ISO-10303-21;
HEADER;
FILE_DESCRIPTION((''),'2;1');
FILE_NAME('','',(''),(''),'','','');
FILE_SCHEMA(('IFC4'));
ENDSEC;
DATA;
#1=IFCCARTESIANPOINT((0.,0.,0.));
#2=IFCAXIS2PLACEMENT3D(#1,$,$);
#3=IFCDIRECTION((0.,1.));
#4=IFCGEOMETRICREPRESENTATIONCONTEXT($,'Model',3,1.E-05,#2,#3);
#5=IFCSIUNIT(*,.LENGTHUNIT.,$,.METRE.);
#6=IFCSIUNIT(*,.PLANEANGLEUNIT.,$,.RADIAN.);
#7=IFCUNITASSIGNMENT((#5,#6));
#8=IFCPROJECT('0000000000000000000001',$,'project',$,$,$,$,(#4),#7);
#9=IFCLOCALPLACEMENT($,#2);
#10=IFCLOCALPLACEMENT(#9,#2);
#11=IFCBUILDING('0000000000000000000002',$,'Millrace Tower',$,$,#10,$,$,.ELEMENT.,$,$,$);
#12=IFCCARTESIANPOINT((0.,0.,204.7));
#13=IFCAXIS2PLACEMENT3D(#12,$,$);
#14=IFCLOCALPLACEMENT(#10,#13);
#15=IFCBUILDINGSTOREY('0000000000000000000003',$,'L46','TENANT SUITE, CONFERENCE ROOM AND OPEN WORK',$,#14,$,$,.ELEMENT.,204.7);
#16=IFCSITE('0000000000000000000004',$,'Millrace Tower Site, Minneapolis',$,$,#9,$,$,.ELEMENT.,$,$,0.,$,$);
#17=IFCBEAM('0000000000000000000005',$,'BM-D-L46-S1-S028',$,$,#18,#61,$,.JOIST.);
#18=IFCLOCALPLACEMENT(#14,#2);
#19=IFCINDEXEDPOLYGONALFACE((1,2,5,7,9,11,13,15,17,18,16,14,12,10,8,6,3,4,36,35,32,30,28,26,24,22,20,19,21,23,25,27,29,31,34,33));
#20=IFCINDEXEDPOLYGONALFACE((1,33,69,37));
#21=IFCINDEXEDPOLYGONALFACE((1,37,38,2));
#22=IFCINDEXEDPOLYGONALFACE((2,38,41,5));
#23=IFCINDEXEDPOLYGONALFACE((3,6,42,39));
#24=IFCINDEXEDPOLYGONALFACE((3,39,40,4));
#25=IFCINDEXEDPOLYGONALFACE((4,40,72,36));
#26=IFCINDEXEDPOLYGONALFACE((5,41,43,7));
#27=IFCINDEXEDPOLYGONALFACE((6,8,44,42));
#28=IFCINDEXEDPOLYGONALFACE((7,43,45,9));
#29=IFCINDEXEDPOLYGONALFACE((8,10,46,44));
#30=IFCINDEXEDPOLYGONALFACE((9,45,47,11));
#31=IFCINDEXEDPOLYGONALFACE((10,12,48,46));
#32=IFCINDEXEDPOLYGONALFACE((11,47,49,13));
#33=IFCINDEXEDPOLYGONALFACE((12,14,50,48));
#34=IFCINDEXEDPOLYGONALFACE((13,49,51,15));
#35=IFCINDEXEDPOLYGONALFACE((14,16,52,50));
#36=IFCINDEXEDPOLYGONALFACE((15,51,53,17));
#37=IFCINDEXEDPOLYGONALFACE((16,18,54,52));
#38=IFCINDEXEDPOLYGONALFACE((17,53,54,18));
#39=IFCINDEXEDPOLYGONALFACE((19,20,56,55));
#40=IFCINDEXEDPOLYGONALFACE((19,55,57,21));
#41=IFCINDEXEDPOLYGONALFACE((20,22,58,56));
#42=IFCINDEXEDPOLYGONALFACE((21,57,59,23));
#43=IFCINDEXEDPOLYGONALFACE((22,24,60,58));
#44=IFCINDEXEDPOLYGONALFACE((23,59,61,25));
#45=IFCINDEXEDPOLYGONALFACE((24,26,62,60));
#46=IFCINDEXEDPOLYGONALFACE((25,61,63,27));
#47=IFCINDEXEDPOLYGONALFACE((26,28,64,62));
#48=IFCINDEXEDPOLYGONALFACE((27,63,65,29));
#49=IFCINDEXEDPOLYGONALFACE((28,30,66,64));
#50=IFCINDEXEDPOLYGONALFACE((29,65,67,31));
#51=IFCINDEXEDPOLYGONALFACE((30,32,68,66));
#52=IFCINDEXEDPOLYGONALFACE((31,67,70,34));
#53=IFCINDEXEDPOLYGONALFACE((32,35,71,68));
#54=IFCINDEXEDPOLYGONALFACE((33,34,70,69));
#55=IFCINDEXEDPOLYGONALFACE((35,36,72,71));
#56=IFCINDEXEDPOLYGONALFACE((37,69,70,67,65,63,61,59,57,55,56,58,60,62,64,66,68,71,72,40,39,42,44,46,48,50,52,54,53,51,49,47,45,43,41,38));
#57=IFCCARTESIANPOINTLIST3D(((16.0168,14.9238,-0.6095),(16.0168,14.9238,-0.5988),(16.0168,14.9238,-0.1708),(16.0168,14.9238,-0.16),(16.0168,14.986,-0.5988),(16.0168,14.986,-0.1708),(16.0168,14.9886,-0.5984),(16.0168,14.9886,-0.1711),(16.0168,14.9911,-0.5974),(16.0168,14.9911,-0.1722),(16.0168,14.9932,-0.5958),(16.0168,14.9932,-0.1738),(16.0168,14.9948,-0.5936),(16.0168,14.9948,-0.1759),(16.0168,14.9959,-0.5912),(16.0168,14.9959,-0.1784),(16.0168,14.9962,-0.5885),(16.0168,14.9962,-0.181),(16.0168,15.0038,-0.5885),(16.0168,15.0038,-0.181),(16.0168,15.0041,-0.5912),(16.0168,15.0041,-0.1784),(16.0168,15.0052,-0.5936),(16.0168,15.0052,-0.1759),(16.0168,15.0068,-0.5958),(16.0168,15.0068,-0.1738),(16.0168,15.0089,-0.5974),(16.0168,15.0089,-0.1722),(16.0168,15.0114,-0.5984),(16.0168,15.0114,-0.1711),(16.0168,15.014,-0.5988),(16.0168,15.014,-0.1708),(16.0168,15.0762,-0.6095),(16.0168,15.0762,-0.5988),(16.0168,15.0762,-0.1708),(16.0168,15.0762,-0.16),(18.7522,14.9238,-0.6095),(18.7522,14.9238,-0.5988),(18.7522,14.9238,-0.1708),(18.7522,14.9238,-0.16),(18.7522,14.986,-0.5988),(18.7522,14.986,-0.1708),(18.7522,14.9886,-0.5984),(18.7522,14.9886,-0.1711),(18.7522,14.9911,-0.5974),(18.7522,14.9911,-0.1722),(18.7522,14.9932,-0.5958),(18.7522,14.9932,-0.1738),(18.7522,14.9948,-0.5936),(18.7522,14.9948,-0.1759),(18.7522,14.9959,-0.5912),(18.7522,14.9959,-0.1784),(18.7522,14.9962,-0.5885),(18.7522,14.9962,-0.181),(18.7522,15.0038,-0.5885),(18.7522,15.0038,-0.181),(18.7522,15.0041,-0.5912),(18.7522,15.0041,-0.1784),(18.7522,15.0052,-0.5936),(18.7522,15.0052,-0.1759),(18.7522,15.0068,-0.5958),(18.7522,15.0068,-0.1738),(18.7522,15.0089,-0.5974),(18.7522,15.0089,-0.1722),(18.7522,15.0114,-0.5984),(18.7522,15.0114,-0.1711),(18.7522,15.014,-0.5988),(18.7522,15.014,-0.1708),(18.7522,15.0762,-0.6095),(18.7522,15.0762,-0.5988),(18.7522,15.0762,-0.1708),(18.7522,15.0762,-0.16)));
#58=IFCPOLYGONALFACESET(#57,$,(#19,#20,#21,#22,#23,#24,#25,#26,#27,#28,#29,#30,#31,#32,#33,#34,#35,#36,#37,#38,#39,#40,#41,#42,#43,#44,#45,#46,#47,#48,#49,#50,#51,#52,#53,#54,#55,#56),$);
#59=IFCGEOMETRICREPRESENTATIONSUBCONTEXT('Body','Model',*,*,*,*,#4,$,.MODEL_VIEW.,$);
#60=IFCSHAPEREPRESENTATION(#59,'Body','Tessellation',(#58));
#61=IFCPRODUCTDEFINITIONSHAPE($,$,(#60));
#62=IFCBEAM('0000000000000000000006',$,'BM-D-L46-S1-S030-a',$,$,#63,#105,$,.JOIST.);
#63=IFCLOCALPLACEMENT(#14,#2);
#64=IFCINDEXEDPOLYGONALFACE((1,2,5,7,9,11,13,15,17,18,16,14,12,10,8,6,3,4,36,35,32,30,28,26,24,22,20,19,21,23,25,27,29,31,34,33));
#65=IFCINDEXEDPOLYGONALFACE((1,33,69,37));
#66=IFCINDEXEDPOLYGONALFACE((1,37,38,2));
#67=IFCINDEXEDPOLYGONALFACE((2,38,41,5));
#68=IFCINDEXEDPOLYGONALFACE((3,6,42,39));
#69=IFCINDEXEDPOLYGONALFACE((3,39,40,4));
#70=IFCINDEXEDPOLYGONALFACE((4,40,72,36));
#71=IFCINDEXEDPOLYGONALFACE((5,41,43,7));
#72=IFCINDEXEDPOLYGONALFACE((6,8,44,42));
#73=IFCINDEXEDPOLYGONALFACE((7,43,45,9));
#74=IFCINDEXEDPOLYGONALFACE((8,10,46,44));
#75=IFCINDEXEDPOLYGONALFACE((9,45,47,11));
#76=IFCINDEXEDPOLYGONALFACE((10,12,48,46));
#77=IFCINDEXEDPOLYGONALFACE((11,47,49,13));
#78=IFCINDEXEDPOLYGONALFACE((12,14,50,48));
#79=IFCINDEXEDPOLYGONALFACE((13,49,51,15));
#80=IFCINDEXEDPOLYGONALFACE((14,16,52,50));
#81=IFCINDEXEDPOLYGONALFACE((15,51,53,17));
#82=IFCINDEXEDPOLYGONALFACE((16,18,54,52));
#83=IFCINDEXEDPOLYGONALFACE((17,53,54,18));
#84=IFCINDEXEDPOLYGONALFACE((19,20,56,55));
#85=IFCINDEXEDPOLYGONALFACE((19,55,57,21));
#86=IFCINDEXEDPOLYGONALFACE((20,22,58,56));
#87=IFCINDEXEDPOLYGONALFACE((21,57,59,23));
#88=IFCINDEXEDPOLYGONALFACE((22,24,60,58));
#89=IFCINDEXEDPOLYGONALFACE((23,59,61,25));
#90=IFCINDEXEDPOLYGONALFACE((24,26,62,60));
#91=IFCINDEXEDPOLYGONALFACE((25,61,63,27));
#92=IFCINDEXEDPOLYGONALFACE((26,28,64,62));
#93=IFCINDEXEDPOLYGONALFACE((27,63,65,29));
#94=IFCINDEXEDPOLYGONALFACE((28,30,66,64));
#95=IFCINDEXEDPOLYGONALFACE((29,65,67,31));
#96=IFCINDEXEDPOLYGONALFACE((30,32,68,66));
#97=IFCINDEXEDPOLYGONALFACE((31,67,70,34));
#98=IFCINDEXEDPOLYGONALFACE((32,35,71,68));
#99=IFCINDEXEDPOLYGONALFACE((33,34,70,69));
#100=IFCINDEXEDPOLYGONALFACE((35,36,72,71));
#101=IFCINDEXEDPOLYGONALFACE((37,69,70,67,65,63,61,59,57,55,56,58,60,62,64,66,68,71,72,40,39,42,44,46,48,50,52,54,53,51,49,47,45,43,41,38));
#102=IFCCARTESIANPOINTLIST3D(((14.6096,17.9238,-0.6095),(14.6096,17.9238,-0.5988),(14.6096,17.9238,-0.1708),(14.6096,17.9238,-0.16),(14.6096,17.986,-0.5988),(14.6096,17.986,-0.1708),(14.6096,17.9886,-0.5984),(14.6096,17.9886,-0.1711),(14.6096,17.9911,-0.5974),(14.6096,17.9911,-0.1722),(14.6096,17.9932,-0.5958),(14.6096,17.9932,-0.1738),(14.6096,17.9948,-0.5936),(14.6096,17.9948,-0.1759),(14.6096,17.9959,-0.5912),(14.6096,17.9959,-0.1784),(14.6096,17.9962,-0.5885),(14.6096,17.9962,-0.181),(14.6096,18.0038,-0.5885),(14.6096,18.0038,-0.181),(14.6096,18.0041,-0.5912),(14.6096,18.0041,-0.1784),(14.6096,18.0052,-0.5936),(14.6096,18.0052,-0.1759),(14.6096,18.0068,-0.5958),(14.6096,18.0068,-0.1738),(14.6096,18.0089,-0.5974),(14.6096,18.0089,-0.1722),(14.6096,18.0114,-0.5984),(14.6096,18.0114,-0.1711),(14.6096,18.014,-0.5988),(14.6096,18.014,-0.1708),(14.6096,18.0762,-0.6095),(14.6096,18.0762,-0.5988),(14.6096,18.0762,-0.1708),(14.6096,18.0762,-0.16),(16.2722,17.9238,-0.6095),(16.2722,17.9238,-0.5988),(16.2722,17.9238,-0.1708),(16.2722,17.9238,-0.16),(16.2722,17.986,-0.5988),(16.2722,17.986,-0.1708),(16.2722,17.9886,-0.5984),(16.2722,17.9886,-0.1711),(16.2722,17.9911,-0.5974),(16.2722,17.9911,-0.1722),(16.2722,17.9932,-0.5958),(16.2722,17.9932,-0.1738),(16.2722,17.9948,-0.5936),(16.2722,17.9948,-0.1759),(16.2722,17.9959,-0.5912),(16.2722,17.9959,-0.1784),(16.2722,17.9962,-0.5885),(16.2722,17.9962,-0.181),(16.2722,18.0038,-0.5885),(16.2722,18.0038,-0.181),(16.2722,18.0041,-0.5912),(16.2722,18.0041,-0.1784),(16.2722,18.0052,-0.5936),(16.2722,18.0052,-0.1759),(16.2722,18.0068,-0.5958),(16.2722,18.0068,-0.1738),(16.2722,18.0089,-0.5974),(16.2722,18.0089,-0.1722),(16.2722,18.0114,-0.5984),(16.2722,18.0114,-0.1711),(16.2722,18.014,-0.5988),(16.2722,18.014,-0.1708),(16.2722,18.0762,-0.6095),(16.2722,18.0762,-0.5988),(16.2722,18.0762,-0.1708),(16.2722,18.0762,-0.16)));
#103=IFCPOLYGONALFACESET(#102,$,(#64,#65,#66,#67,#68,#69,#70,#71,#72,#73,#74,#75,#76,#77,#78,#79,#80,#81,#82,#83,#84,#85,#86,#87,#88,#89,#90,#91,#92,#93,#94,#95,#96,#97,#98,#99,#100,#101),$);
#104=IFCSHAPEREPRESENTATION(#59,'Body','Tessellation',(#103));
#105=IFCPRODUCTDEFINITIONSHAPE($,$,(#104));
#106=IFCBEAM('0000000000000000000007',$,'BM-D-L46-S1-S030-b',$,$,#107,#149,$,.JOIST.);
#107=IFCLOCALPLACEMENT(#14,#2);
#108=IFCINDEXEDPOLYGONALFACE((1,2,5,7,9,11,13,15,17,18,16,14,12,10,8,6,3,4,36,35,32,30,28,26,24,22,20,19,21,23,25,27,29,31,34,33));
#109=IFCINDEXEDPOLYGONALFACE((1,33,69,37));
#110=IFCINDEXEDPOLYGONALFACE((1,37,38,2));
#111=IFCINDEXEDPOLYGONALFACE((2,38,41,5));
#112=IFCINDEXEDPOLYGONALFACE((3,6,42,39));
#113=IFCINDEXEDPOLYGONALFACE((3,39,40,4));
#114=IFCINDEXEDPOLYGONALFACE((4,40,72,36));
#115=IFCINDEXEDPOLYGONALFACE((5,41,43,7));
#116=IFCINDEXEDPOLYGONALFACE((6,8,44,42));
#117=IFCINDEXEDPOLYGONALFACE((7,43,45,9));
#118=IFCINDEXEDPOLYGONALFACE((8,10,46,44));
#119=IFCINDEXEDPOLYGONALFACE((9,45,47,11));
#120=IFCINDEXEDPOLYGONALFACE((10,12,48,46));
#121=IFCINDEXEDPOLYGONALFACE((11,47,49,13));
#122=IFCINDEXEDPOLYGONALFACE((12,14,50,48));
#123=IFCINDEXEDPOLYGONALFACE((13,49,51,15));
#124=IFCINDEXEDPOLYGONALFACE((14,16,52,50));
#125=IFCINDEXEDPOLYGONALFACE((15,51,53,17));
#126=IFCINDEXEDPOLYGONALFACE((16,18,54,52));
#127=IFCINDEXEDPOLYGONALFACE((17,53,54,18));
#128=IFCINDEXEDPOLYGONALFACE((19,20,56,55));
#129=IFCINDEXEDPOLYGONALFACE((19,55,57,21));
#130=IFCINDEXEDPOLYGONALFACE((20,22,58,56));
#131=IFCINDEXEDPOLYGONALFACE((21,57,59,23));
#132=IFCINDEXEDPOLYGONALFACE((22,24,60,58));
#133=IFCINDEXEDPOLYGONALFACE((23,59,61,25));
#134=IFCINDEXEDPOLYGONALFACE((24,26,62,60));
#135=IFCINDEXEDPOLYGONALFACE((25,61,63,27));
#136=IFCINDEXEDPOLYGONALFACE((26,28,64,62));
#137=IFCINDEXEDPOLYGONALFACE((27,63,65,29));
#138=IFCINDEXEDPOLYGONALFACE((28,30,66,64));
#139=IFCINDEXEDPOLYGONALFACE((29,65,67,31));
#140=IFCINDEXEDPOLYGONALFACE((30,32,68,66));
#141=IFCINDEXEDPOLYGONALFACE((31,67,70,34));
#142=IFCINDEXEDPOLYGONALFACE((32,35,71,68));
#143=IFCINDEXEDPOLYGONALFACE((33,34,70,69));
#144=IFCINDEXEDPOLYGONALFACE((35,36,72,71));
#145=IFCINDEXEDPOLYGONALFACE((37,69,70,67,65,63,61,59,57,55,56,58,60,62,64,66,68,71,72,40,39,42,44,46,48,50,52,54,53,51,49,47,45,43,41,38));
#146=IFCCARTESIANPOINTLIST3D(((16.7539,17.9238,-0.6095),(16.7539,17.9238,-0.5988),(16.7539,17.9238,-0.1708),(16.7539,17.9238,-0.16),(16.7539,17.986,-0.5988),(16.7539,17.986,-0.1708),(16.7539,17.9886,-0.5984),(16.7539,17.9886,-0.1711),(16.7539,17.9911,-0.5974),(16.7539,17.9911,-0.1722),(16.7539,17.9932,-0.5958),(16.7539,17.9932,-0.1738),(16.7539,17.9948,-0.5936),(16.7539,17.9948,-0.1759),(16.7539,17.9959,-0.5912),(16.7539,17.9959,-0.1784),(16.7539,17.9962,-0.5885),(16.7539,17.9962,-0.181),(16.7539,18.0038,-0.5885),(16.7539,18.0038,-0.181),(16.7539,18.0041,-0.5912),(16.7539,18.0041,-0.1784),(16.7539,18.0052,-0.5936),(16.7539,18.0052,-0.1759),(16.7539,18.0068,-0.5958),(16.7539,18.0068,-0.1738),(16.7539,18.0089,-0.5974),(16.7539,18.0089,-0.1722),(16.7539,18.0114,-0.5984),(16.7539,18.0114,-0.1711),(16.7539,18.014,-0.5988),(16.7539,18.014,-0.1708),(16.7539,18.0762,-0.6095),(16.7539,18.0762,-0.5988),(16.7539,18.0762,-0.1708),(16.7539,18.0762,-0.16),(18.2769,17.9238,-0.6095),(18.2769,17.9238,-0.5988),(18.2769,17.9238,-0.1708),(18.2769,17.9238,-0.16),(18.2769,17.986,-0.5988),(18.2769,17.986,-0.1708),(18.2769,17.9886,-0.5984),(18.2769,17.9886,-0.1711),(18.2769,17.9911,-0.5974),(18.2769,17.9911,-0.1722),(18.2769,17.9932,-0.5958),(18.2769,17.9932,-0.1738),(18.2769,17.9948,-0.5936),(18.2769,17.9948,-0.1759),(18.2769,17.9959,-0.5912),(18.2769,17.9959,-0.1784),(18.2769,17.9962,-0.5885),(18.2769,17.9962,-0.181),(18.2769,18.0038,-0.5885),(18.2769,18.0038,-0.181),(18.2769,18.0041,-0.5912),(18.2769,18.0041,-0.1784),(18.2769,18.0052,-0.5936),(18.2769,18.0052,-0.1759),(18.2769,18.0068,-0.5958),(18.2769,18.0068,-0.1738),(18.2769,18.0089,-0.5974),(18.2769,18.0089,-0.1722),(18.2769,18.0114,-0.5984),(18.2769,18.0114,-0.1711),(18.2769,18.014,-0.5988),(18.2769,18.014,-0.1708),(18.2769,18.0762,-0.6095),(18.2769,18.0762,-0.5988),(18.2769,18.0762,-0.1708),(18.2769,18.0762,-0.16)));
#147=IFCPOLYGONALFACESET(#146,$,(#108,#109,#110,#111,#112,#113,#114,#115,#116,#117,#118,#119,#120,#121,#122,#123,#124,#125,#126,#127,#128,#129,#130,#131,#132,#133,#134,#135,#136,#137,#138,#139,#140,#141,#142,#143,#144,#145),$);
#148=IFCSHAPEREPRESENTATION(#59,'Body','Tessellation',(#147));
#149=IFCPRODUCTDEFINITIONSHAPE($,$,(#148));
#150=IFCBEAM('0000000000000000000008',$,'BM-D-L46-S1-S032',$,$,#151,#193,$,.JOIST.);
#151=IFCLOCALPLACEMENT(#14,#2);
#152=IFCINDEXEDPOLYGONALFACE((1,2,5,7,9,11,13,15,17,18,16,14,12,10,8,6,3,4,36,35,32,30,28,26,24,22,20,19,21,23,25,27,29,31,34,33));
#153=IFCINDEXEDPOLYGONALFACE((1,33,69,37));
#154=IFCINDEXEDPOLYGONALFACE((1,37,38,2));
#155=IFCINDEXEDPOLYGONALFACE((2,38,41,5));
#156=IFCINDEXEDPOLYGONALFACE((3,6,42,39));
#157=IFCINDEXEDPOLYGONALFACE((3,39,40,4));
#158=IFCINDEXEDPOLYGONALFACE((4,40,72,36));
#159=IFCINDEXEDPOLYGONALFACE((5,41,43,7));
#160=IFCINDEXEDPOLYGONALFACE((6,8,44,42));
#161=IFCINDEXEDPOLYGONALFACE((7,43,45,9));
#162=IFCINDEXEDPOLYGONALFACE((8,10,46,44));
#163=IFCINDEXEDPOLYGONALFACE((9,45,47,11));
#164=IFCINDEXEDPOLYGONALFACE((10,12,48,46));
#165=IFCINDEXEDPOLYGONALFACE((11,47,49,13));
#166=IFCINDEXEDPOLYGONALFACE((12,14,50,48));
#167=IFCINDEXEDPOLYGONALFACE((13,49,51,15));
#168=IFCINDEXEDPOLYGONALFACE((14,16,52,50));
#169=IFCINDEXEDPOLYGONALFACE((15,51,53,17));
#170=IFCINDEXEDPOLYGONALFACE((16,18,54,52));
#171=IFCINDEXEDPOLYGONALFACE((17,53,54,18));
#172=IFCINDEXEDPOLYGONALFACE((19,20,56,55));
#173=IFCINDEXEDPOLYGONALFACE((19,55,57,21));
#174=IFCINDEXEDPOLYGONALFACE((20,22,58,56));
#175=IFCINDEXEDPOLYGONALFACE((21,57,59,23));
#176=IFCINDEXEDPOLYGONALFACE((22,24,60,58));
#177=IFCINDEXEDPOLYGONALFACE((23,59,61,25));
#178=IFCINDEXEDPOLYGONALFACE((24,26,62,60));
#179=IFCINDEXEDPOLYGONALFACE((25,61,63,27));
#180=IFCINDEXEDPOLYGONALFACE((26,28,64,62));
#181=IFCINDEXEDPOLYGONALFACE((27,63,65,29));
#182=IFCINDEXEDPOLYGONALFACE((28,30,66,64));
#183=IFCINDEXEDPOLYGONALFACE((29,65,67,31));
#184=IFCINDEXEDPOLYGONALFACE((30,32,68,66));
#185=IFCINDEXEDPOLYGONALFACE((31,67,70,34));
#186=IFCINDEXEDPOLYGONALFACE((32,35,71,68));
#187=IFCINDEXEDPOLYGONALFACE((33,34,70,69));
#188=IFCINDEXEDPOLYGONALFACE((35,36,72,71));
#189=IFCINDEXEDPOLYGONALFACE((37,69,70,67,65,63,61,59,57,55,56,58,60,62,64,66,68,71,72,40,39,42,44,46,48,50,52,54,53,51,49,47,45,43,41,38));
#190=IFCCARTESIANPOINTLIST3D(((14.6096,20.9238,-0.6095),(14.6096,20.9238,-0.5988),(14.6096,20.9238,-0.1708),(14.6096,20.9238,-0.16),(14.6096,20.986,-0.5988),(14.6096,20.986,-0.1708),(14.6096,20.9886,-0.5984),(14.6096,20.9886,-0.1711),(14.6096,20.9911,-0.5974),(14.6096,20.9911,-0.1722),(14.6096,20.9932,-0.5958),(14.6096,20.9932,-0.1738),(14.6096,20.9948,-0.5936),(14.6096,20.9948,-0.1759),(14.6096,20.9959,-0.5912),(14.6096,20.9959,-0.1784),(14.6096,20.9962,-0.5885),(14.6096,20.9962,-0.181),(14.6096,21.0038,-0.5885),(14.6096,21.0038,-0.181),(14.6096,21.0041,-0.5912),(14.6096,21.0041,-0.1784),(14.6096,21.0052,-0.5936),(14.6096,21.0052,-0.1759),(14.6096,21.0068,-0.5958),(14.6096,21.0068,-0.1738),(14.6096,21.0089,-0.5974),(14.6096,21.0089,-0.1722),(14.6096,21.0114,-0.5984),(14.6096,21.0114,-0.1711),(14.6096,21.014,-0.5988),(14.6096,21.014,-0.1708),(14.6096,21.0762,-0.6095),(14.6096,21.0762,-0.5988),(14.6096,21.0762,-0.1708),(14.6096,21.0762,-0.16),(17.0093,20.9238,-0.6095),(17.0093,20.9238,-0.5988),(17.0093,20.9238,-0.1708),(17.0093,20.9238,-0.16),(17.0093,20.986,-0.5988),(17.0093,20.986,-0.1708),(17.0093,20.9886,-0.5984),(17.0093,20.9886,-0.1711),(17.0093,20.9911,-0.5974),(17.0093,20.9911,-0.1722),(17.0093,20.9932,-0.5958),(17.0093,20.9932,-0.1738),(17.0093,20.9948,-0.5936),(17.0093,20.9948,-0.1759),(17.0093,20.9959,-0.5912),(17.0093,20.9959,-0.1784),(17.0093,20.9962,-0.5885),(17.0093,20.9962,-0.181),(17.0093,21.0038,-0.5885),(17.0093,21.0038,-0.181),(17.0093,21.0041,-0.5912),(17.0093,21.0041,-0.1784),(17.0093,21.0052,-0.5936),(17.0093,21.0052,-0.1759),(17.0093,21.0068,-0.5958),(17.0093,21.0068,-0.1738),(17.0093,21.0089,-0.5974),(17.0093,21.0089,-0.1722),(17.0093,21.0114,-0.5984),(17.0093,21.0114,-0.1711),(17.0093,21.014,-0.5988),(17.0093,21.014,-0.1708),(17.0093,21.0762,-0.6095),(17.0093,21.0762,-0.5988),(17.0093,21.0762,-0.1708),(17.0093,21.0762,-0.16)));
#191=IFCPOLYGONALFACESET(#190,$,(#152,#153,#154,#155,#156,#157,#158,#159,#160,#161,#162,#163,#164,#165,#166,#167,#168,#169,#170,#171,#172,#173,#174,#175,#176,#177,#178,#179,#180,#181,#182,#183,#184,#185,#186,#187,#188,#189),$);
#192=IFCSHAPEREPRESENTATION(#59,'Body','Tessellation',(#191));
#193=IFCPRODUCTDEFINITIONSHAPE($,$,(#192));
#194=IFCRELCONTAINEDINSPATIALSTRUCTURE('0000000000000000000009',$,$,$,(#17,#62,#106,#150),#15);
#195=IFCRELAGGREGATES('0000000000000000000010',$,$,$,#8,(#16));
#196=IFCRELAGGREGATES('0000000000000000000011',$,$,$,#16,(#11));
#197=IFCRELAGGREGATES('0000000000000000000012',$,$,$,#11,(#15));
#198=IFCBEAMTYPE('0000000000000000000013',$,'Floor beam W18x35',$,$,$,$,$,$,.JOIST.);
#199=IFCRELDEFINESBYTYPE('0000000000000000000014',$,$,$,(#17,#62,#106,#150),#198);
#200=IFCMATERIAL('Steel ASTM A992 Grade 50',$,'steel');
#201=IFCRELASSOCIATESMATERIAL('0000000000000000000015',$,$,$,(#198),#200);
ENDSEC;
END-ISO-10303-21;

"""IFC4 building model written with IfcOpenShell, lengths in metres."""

from ifc_helpers import new_model, si_unit, direction, frame, origin, origin_2d, place, context, subcontext, project, spatial, i_section, extrude, material, material_profile, profile_set, type_object, element, save


model = new_model("IFC4")

# Units and contexts
model_context = context("Model", 3, precision=1e-05, world=origin(), true_north=direction((0.0, 1.0)))
body_context = subcontext(model_context, "Body", "Model", "MODEL_VIEW")
ifc_project = project(units=[si_unit("LENGTHUNIT", "METRE"), si_unit("PLANEANGLEUNIT", "RADIAN")], contexts=[model_context])

# Site, building, storey
site_placement = place(None, origin())
site = spatial("IfcSite", under=ifc_project, at=site_placement, Name="Millrace Tower Site, Minneapolis", CompositionType="ELEMENT", RefElevation=0.0)
building_placement = place(site_placement, origin())
building = spatial("IfcBuilding", under=site, at=building_placement, Name="Millrace Tower", CompositionType="ELEMENT")
storey_placement = place(building_placement, frame((0.0, 0.0, 204.7)))
storey = spatial("IfcBuildingStorey", under=building, at=storey_placement, Name="L46", Description="TENANT SUITE, CONFERENCE ROOM AND OPEN WORK", CompositionType="ELEMENT", Elevation=204.7)

# Beams
ifc_material_1 = material(Name="Steel ASTM A992 Grade 50", Category="steel")
ifc_material_profile_1 = material_profile(ifc_material_1, i_section(OverallWidth=0.1523, OverallDepth=0.4495, WebThickness=0.0076, FlangeThickness=0.0107, FilletRadius=0.0103, at=origin_2d()))
ifc_profile_set_1 = profile_set([ifc_material_profile_1], Name="Steel ASTM A992 Grade 50")
beam_type_1 = type_object("IfcBeamType", Name="Floor beam W18x35", PredefinedType="JOIST", material=ifc_profile_set_1)
beam_1_placement = place(storey_placement, frame((16.0168, 15.0, -0.3848), z_axis=(1.0, 0.0, 0.0), x_axis=(0.0, 1.0, 0.0)))
element("IfcBeam", 1, at=beam_1_placement, inside=storey, type_object=beam_type_1, Name="BM-D-L46-S1-S028", PredefinedType="JOIST", context=body_context, shape_type="SweptSolid", body=[
    extrude(i_section(OverallWidth=0.1523, OverallDepth=0.4495, WebThickness=0.0076, FlangeThickness=0.0107, FilletRadius=0.0103, at=origin_2d()), origin(), (0.0, 0.0, 1.0), 2.7354),
])
beam_2_placement = place(storey_placement, frame((14.6096, 18.0, -0.3848), z_axis=(1.0, 0.0, 0.0), x_axis=(0.0, 1.0, 0.0)))
element("IfcBeam", 2, at=beam_2_placement, inside=storey, type_object=beam_type_1, Name="BM-D-L46-S1-S030-a", PredefinedType="JOIST", context=body_context, shape_type="SweptSolid", body=[
    extrude(i_section(OverallWidth=0.1523, OverallDepth=0.4495, WebThickness=0.0076, FlangeThickness=0.0107, FilletRadius=0.0103, at=origin_2d()), origin(), (0.0, 0.0, 1.0), 1.6626),
])
beam_3_placement = place(storey_placement, frame((16.7539, 18.0, -0.3848), z_axis=(1.0, 0.0, 0.0), x_axis=(0.0, 1.0, 0.0)))
element("IfcBeam", 3, at=beam_3_placement, inside=storey, type_object=beam_type_1, Name="BM-D-L46-S1-S030-b", PredefinedType="JOIST", context=body_context, shape_type="SweptSolid", body=[
    extrude(i_section(OverallWidth=0.1523, OverallDepth=0.4495, WebThickness=0.0076, FlangeThickness=0.0107, FilletRadius=0.0103, at=origin_2d()), origin(), (0.0, 0.0, 1.0), 1.5229),
])
beam_4_placement = place(storey_placement, frame((14.6096, 21.0, -0.3848), z_axis=(1.0, 0.0, 0.0), x_axis=(0.0, 1.0, 0.0)))
element("IfcBeam", 4, at=beam_4_placement, inside=storey, type_object=beam_type_1, Name="BM-D-L46-S1-S032", PredefinedType="JOIST", context=body_context, shape_type="SweptSolid", body=[
    extrude(i_section(OverallWidth=0.1523, OverallDepth=0.4495, WebThickness=0.0076, FlangeThickness=0.0107, FilletRadius=0.0103, at=origin_2d()), origin(), (0.0, 0.0, 1.0), 2.3997),
])

save(model, "model.ifc")
